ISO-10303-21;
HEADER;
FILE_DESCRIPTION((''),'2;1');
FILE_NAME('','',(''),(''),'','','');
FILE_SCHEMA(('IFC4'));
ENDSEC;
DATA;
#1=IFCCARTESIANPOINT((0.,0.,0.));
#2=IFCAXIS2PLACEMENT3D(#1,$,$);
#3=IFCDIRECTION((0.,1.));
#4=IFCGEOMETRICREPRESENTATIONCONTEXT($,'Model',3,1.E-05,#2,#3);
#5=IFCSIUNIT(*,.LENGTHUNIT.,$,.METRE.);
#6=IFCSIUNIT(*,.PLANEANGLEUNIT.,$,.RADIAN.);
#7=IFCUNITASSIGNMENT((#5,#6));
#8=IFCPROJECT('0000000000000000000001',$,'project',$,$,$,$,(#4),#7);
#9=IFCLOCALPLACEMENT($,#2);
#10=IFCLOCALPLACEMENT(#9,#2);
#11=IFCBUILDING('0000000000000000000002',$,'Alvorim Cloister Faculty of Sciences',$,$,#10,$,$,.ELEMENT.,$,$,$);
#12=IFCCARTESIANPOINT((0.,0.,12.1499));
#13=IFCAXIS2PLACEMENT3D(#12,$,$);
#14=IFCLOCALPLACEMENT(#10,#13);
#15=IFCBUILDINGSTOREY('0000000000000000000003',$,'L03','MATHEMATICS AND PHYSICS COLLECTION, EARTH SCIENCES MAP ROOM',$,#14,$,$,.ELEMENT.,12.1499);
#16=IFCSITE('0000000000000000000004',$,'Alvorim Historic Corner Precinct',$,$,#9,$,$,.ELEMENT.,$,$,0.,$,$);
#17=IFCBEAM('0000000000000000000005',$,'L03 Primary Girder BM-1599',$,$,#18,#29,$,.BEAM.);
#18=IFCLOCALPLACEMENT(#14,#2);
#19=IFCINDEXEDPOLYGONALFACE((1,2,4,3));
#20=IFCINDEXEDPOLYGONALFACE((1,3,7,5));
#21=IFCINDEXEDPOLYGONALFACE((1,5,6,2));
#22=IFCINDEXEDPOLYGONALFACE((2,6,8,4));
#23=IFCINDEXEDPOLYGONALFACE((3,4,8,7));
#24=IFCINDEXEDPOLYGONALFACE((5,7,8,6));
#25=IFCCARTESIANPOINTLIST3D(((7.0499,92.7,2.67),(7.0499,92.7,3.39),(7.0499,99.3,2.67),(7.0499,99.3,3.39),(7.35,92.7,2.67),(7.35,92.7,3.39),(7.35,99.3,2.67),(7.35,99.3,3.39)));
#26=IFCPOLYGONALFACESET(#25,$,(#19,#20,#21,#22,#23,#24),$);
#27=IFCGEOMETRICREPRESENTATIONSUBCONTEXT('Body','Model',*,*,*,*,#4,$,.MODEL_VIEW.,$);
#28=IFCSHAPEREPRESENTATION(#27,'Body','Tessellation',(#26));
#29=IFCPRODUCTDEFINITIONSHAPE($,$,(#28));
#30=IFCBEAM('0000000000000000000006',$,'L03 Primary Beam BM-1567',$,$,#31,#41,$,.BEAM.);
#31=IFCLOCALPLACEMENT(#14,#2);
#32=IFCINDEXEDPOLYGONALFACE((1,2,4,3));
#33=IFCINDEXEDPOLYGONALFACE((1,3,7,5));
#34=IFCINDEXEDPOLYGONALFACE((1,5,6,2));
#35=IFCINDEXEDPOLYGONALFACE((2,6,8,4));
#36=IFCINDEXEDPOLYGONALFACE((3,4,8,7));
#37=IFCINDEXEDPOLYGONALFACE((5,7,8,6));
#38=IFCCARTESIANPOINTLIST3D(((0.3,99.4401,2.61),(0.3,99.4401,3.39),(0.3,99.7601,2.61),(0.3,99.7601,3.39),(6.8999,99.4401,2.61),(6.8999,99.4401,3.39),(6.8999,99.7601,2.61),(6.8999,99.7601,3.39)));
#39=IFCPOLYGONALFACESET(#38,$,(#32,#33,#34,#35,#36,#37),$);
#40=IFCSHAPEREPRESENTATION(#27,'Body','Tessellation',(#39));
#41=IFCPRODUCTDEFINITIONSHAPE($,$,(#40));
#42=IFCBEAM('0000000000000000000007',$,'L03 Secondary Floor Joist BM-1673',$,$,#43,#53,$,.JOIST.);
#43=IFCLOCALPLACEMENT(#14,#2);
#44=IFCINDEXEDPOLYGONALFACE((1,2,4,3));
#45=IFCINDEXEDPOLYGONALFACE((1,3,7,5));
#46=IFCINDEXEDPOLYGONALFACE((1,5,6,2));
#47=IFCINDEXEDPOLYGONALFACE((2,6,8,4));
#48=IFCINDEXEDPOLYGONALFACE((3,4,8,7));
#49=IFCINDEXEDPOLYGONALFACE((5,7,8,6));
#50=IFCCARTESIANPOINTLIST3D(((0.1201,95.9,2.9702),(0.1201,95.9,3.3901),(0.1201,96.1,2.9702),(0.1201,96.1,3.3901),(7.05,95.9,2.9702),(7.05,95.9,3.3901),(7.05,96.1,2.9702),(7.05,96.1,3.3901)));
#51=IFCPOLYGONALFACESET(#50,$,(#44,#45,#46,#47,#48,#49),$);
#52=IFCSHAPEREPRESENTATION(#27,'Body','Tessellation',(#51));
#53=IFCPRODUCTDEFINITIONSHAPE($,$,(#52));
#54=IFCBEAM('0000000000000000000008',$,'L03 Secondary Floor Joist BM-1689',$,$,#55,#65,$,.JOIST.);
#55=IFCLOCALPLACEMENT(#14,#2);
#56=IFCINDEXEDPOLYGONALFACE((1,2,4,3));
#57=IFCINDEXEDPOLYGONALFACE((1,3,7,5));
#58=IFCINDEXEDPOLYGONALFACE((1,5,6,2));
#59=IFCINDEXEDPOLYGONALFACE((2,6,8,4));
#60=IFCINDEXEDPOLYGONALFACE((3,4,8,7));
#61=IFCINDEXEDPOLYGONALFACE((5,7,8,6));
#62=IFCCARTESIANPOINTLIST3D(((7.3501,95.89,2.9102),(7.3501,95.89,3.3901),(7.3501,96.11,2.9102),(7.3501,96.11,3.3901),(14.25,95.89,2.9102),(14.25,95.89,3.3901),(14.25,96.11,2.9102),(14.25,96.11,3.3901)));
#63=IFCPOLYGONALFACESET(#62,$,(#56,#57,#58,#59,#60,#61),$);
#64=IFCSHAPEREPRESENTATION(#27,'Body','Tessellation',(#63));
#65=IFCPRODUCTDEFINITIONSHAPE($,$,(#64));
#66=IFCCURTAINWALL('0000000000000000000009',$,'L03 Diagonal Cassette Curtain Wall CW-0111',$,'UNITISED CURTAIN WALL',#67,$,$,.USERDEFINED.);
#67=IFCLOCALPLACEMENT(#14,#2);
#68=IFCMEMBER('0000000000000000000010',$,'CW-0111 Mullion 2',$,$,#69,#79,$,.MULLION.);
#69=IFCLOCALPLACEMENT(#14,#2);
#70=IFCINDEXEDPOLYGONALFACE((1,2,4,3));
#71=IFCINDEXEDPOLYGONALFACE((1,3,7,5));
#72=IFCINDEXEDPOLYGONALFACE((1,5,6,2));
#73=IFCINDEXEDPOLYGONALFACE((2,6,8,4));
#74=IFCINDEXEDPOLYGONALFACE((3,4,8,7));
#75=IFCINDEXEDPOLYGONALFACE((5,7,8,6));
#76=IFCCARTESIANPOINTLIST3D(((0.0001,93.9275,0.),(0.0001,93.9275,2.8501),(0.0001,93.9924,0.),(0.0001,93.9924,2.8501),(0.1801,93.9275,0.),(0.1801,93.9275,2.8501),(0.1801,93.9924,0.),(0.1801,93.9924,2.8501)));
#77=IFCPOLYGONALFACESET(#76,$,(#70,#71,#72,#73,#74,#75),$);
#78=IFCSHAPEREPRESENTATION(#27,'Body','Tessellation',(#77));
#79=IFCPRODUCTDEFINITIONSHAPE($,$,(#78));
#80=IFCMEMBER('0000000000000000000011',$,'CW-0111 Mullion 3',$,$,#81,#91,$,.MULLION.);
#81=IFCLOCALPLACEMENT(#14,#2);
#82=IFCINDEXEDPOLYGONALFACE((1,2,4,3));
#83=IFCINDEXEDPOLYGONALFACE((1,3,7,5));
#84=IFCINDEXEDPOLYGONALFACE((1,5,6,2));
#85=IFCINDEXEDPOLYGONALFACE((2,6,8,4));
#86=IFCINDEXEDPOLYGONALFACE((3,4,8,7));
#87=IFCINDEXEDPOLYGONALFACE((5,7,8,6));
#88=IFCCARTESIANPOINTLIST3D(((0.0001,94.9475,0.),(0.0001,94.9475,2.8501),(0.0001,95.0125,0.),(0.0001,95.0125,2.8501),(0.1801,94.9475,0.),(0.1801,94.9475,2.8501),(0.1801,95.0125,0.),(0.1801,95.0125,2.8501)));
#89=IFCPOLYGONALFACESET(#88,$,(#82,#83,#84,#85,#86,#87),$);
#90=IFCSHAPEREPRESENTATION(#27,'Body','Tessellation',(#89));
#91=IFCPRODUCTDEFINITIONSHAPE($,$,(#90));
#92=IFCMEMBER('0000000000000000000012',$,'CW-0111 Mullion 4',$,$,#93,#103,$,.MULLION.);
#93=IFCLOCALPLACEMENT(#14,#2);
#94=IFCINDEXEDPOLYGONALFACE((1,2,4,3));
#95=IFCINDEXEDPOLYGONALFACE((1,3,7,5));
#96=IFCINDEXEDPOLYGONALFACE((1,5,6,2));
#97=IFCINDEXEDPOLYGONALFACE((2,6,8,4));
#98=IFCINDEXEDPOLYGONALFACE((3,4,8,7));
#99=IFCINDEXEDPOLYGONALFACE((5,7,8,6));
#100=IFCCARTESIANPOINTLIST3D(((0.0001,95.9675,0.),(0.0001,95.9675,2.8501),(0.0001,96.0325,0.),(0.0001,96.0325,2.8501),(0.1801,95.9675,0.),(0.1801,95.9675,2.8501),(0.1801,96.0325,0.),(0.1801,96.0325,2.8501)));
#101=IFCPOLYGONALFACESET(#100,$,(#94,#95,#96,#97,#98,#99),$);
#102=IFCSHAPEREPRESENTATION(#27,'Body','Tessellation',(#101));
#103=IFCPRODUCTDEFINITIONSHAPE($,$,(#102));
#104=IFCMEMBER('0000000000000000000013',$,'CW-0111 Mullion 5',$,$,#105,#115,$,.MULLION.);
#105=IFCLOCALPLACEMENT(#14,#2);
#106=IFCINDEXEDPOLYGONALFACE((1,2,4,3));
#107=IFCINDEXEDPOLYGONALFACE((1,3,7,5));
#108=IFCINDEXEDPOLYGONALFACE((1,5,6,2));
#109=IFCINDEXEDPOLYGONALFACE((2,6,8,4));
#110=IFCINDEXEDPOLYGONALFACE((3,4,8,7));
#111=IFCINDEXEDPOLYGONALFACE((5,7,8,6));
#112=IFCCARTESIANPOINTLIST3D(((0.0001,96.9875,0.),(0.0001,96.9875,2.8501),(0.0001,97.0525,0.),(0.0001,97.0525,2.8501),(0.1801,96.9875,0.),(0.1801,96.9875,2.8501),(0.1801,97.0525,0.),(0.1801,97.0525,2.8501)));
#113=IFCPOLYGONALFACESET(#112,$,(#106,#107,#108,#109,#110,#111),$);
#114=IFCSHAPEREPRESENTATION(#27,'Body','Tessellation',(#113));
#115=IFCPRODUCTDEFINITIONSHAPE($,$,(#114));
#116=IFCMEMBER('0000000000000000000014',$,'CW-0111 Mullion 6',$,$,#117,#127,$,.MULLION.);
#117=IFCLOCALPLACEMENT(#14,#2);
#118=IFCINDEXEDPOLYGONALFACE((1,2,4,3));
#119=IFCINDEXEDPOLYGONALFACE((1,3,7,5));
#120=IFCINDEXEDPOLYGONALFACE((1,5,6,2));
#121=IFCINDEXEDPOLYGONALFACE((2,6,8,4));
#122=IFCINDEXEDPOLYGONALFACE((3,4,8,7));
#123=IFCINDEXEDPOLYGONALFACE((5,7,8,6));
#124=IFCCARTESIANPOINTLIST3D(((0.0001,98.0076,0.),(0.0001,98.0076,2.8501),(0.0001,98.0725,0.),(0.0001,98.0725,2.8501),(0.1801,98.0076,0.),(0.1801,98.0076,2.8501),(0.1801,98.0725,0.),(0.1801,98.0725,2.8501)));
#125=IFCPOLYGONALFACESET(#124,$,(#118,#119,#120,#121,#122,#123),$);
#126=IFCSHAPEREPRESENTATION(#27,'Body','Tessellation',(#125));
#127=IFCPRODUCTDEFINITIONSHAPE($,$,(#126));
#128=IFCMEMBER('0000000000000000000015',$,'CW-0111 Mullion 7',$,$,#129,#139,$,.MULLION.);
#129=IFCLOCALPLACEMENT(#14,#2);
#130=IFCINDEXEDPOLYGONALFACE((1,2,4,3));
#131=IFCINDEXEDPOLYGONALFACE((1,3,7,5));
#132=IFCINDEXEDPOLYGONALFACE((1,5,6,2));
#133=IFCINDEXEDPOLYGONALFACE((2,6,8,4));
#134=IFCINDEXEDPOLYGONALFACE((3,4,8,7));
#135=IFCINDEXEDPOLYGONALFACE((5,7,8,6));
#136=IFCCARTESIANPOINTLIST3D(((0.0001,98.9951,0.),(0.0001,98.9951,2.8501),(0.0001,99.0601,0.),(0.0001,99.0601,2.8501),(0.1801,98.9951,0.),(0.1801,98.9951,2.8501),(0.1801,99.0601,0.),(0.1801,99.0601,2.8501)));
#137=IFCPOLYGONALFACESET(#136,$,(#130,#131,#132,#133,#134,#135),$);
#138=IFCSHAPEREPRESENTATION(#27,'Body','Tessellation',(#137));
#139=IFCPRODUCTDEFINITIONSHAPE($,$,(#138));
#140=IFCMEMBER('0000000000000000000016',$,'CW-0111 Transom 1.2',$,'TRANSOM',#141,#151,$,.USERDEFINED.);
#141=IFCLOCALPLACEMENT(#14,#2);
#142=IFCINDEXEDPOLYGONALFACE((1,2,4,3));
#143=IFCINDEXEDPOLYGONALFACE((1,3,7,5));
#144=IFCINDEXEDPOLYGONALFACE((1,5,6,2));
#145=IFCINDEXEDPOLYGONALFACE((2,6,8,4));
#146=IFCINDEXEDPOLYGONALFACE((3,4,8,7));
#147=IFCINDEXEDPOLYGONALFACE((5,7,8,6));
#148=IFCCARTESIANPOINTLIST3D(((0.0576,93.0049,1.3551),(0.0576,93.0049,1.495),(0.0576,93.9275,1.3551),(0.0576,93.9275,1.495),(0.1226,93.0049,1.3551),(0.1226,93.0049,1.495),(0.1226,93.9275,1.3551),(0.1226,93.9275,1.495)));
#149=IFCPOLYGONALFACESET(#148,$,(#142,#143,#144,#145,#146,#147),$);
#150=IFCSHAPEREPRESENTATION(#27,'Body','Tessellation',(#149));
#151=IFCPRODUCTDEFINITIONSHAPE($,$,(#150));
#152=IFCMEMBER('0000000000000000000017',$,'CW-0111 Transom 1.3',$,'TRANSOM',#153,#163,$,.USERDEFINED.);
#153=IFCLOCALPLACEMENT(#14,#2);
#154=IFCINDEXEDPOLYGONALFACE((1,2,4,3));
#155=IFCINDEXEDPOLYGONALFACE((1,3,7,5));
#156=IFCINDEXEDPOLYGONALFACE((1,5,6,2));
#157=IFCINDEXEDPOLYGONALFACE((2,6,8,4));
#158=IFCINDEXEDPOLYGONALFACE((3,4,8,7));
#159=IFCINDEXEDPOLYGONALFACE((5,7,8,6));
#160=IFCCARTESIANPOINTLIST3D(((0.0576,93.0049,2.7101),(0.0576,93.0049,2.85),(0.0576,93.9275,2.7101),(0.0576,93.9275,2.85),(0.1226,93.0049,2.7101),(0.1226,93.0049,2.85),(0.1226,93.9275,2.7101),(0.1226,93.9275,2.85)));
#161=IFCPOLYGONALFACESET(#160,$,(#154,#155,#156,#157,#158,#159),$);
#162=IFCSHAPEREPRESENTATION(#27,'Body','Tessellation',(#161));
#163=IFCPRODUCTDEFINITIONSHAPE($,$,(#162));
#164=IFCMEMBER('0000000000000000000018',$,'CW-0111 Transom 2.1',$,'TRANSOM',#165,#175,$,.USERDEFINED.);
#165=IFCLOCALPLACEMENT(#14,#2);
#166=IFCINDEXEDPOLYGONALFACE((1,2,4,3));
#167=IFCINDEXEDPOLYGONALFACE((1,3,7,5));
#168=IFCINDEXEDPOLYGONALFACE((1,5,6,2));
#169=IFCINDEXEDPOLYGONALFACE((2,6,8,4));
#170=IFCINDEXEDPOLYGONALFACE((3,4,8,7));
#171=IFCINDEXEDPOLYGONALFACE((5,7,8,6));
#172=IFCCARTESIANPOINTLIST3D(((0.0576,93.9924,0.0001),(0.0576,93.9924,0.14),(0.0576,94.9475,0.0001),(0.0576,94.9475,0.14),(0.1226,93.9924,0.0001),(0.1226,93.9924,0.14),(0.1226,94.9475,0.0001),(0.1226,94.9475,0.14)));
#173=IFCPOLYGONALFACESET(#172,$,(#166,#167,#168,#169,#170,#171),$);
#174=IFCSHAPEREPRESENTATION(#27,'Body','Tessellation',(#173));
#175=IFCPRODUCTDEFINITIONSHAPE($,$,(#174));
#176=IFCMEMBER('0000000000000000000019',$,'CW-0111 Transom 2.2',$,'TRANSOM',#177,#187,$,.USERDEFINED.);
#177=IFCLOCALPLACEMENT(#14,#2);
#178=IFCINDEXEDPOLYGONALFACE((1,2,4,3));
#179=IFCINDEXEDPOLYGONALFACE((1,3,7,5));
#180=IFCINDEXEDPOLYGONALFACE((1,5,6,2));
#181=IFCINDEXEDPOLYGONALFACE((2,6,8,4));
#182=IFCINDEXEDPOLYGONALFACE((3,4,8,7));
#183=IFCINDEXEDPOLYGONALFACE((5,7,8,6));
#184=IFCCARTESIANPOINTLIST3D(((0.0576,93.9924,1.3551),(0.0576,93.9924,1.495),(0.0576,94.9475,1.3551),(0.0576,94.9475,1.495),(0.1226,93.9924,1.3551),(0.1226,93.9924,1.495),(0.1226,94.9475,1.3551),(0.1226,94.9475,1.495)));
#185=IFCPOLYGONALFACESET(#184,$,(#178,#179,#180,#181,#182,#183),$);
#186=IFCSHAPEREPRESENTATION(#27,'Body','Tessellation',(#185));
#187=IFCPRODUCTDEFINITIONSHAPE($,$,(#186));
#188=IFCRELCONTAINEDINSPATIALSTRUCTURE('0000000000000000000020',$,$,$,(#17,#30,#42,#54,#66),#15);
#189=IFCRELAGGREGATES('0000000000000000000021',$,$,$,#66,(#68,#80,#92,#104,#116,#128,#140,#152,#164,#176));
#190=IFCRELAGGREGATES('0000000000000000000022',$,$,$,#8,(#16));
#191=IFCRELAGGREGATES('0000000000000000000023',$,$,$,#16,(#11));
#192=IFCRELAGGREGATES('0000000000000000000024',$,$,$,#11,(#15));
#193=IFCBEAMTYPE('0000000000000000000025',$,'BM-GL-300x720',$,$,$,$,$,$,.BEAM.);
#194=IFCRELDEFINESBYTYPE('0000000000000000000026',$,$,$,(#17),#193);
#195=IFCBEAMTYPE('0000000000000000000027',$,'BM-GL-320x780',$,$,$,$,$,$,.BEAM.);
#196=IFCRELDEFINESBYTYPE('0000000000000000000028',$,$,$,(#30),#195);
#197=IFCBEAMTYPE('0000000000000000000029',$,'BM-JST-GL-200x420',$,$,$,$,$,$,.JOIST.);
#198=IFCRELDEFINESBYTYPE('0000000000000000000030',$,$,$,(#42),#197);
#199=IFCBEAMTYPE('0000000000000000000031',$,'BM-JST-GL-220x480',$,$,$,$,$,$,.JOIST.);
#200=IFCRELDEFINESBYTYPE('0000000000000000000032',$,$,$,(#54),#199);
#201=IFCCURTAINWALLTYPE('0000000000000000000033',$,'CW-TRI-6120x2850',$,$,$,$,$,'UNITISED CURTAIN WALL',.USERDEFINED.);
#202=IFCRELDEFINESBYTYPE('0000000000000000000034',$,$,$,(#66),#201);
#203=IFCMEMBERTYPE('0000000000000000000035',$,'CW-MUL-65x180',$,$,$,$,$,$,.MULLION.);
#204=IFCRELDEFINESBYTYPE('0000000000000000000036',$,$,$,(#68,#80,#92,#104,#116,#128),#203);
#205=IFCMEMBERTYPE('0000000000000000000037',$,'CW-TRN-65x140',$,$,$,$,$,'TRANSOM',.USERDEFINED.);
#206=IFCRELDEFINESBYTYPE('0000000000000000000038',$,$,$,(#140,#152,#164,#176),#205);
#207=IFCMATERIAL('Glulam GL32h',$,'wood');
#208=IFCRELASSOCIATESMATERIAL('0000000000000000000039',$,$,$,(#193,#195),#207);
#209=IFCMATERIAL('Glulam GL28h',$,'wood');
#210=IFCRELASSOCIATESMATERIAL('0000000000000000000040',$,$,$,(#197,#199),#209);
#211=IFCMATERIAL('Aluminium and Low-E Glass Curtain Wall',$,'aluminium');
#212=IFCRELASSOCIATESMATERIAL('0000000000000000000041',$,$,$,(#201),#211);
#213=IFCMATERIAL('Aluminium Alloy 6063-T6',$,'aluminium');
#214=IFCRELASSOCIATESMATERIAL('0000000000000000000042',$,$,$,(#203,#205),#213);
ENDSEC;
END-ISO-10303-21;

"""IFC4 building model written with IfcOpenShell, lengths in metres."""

from ifc_helpers import new_model, si_unit, direction, frame, origin, origin_2d, place, context, subcontext, project, spatial, rectangle, extrude, material, material_profile, profile_set, type_object, element, aggregate, save


model = new_model("IFC4")

# Units and contexts
model_context = context("Model", 3, precision=1e-05, world=origin(), true_north=direction((0.0, 1.0)))
body_context = subcontext(model_context, "Body", "Model", "MODEL_VIEW")
ifc_project = project(units=[si_unit("LENGTHUNIT", "METRE"), si_unit("PLANEANGLEUNIT", "RADIAN")], contexts=[model_context])

# Site, building, storey
site_placement = place(None, origin())
site = spatial("IfcSite", under=ifc_project, at=site_placement, Name="Alvorim Historic Corner Precinct", CompositionType="ELEMENT", RefElevation=0.0)
building_placement = place(site_placement, origin())
building = spatial("IfcBuilding", under=site, at=building_placement, Name="Alvorim Cloister Faculty of Sciences", CompositionType="ELEMENT")
storey_placement = place(building_placement, frame((0.0, 0.0, 12.1499)))
storey = spatial("IfcBuildingStorey", under=building, at=storey_placement, Name="L03", Description="MATHEMATICS AND PHYSICS COLLECTION, EARTH SCIENCES MAP ROOM", CompositionType="ELEMENT", Elevation=12.1499)

# Beams
ifc_material_1 = material(Name="Glulam GL32h", Category="wood")
ifc_material_profile_1 = material_profile(ifc_material_1, rectangle(XDim=0.3, YDim=0.72, at=origin_2d()), Name="GL32-BM-300x720")
ifc_profile_set_1 = profile_set([ifc_material_profile_1], Name="Glulam GL32h")
beam_type_1 = type_object("IfcBeamType", Name="BM-GL-300x720", PredefinedType="BEAM", material=ifc_profile_set_1)
beam_1_placement = place(storey_placement, frame((7.2, 92.7, 3.03), z_axis=(0.0, 1.0, 0.0), x_axis=(-1.0, 0.0, 0.0)))
element("IfcBeam", 1, at=beam_1_placement, inside=storey, type_object=beam_type_1, Name="L03 Primary Girder BM-1599", PredefinedType="BEAM", context=body_context, shape_type="SweptSolid", body=[
    extrude(rectangle(XDim=0.3, YDim=0.72, at=origin_2d()), origin(), (0.0, 0.0, 1.0), 6.6001),
])
ifc_material_profile_2 = material_profile(ifc_material_1, rectangle(XDim=0.3201, YDim=0.78, at=origin_2d()), Name="GL32-BM-320x780")
ifc_profile_set_2 = profile_set([ifc_material_profile_2], Name="Glulam GL32h")
beam_type_2 = type_object("IfcBeamType", Name="BM-GL-320x780", PredefinedType="BEAM", material=ifc_profile_set_2)
beam_2_placement = place(storey_placement, frame((0.3, 99.6001, 3.0), z_axis=(1.0, 0.0, 0.0), x_axis=(0.0, 1.0, 0.0)))
element("IfcBeam", 2, at=beam_2_placement, inside=storey, type_object=beam_type_2, Name="L03 Primary Beam BM-1567", PredefinedType="BEAM", context=body_context, shape_type="SweptSolid", body=[
    extrude(rectangle(XDim=0.3201, YDim=0.78, at=origin_2d()), origin(), (0.0, 0.0, 1.0), 6.5999),
])
ifc_material_2 = material(Name="Glulam GL28h", Category="wood")
ifc_material_profile_3 = material_profile(ifc_material_2, rectangle(XDim=0.2, YDim=0.4199, at=origin_2d()), Name="GL28-JST-200x420")
ifc_profile_set_3 = profile_set([ifc_material_profile_3], Name="Glulam GL28h")
beam_type_3 = type_object("IfcBeamType", Name="BM-JST-GL-200x420", PredefinedType="JOIST", material=ifc_profile_set_3)
beam_3_placement = place(storey_placement, frame((0.1201, 96.0, 3.1802), z_axis=(1.0, 0.0, 0.0), x_axis=(0.0, 1.0, 0.0)))
element("IfcBeam", 3, at=beam_3_placement, inside=storey, type_object=beam_type_3, Name="L03 Secondary Floor Joist BM-1673", PredefinedType="JOIST", context=body_context, shape_type="SweptSolid", body=[
    extrude(rectangle(XDim=0.2, YDim=0.4199, at=origin_2d()), origin(), (0.0, 0.0, 1.0), 6.9299),
])
ifc_material_profile_4 = material_profile(ifc_material_2, rectangle(XDim=0.22, YDim=0.48, at=origin_2d()), Name="GL28-JST-220x480")
ifc_profile_set_4 = profile_set([ifc_material_profile_4], Name="Glulam GL28h")
beam_type_4 = type_object("IfcBeamType", Name="BM-JST-GL-220x480", PredefinedType="JOIST", material=ifc_profile_set_4)
beam_4_placement = place(storey_placement, frame((7.3501, 96.0, 3.1501), z_axis=(1.0, 0.0, 0.0), x_axis=(0.0, 1.0, 0.0)))
element("IfcBeam", 4, at=beam_4_placement, inside=storey, type_object=beam_type_4, Name="L03 Secondary Floor Joist BM-1689", PredefinedType="JOIST", context=body_context, shape_type="SweptSolid", body=[
    extrude(rectangle(XDim=0.22, YDim=0.48, at=origin_2d()), origin(), (0.0, 0.0, 1.0), 6.8999),
])

# Curtain wall, members
ifc_material_3 = material(Name="Aluminium and Low-E Glass Curtain Wall", Category="aluminium")
curtain_wall_type = type_object("IfcCurtainWallType", Name="CW-TRI-6120x2850", ElementType="UNITISED CURTAIN WALL", PredefinedType="USERDEFINED", material=ifc_material_3)
curtain_wall_placement = place(storey_placement, origin())
curtain_wall = element("IfcCurtainWall", 5, at=curtain_wall_placement, inside=storey, type_object=curtain_wall_type, Name="L03 Diagonal Cassette Curtain Wall CW-0111", ObjectType="UNITISED CURTAIN WALL", PredefinedType="USERDEFINED")
ifc_material_4 = material(Name="Aluminium Alloy 6063-T6", Category="aluminium")
ifc_material_profile_5 = material_profile(ifc_material_4, rectangle(XDim=0.0649, YDim=0.1799, at=origin_2d()), Name="ALU-MUL-65x180")
ifc_profile_set_5 = profile_set([ifc_material_profile_5], Name="Aluminium Alloy 6063-T6")
member_type_1 = type_object("IfcMemberType", Name="CW-MUL-65x180", PredefinedType="MULLION", material=ifc_profile_set_5)
member_1_placement = place(storey_placement, frame((0.0901, 93.96, 0.0), z_axis=(0.0, 0.0, 1.0), x_axis=(0.0, 1.0, 0.0)))
member_1 = element("IfcMember", 6, at=member_1_placement, type_object=member_type_1, Name="CW-0111 Mullion 2", PredefinedType="MULLION", context=body_context, shape_type="SweptSolid", body=[
    extrude(rectangle(XDim=0.0649, YDim=0.1799, at=origin_2d()), origin(), (0.0, 0.0, 1.0), 2.8501),
])
member_2_placement = place(storey_placement, frame((0.0901, 94.98, 0.0), z_axis=(0.0, 0.0, 1.0), x_axis=(0.0, 1.0, 0.0)))
member_2 = element("IfcMember", 7, at=member_2_placement, type_object=member_type_1, Name="CW-0111 Mullion 3", PredefinedType="MULLION", context=body_context, shape_type="SweptSolid", body=[
    extrude(rectangle(XDim=0.0649, YDim=0.1799, at=origin_2d()), origin(), (0.0, 0.0, 1.0), 2.8501),
])
member_3_placement = place(storey_placement, frame((0.0901, 96.0, 0.0), z_axis=(0.0, 0.0, 1.0), x_axis=(0.0, 1.0, 0.0)))
member_3 = element("IfcMember", 8, at=member_3_placement, type_object=member_type_1, Name="CW-0111 Mullion 4", PredefinedType="MULLION", context=body_context, shape_type="SweptSolid", body=[
    extrude(rectangle(XDim=0.0649, YDim=0.1799, at=origin_2d()), origin(), (0.0, 0.0, 1.0), 2.8501),
])
member_4_placement = place(storey_placement, frame((0.0901, 97.02, 0.0), z_axis=(0.0, 0.0, 1.0), x_axis=(0.0, 1.0, 0.0)))
member_4 = element("IfcMember", 9, at=member_4_placement, type_object=member_type_1, Name="CW-0111 Mullion 5", PredefinedType="MULLION", context=body_context, shape_type="SweptSolid", body=[
    extrude(rectangle(XDim=0.0649, YDim=0.1799, at=origin_2d()), origin(), (0.0, 0.0, 1.0), 2.8501),
])
member_5_placement = place(storey_placement, frame((0.0901, 98.04, 0.0), z_axis=(0.0, 0.0, 1.0), x_axis=(0.0, 1.0, 0.0)))
member_5 = element("IfcMember", 10, at=member_5_placement, type_object=member_type_1, Name="CW-0111 Mullion 6", PredefinedType="MULLION", context=body_context, shape_type="SweptSolid", body=[
    extrude(rectangle(XDim=0.0649, YDim=0.1799, at=origin_2d()), origin(), (0.0, 0.0, 1.0), 2.8501),
])
member_6_placement = place(storey_placement, frame((0.0901, 99.0276, 0.0), z_axis=(0.0, 0.0, 1.0), x_axis=(0.0, 1.0, 0.0)))
member_6 = element("IfcMember", 11, at=member_6_placement, type_object=member_type_1, Name="CW-0111 Mullion 7", PredefinedType="MULLION", context=body_context, shape_type="SweptSolid", body=[
    extrude(rectangle(XDim=0.0649, YDim=0.1799, at=origin_2d()), origin(), (0.0, 0.0, 1.0), 2.8501),
])
ifc_material_profile_6 = material_profile(ifc_material_4, rectangle(XDim=0.0649, YDim=0.1399, at=origin_2d()), Name="ALU-TRN-65x140")
ifc_profile_set_6 = profile_set([ifc_material_profile_6], Name="Aluminium Alloy 6063-T6")
member_type_2 = type_object("IfcMemberType", Name="CW-TRN-65x140", ElementType="TRANSOM", PredefinedType="USERDEFINED", material=ifc_profile_set_6)
member_7_placement = place(storey_placement, frame((0.0901, 93.0049, 1.425), z_axis=(0.0, 1.0, 0.0), x_axis=(-1.0, 0.0, 0.0)))
member_7 = element("IfcMember", 12, at=member_7_placement, type_object=member_type_2, Name="CW-0111 Transom 1.2", ObjectType="TRANSOM", PredefinedType="USERDEFINED", context=body_context, shape_type="SweptSolid", body=[
    extrude(rectangle(XDim=0.0649, YDim=0.1399, at=origin_2d()), origin(), (0.0, 0.0, 1.0), 0.9226),
])
member_8_placement = place(storey_placement, frame((0.0901, 93.0049, 2.78), z_axis=(0.0, 1.0, 0.0), x_axis=(-1.0, 0.0, 0.0)))
member_8 = element("IfcMember", 13, at=member_8_placement, type_object=member_type_2, Name="CW-0111 Transom 1.3", ObjectType="TRANSOM", PredefinedType="USERDEFINED", context=body_context, shape_type="SweptSolid", body=[
    extrude(rectangle(XDim=0.0649, YDim=0.1399, at=origin_2d()), origin(), (0.0, 0.0, 1.0), 0.9226),
])
member_9_placement = place(storey_placement, frame((0.0901, 93.9924, 0.0701), z_axis=(0.0, 1.0, 0.0), x_axis=(-1.0, 0.0, 0.0)))
member_9 = element("IfcMember", 14, at=member_9_placement, type_object=member_type_2, Name="CW-0111 Transom 2.1", ObjectType="TRANSOM", PredefinedType="USERDEFINED", context=body_context, shape_type="SweptSolid", body=[
    extrude(rectangle(XDim=0.0649, YDim=0.1399, at=origin_2d()), origin(), (0.0, 0.0, 1.0), 0.9551),
])
member_10_placement = place(storey_placement, frame((0.0901, 93.9924, 1.425), z_axis=(0.0, 1.0, 0.0), x_axis=(-1.0, 0.0, 0.0)))
member_10 = element("IfcMember", 15, at=member_10_placement, type_object=member_type_2, Name="CW-0111 Transom 2.2", ObjectType="TRANSOM", PredefinedType="USERDEFINED", context=body_context, shape_type="SweptSolid", body=[
    extrude(rectangle(XDim=0.0649, YDim=0.1399, at=origin_2d()), origin(), (0.0, 0.0, 1.0), 0.9551),
])
aggregate(curtain_wall, [member_1, member_2, member_3, member_4, member_5, member_6, member_7, member_8, member_9, member_10])

save(model, "model.ifc")
